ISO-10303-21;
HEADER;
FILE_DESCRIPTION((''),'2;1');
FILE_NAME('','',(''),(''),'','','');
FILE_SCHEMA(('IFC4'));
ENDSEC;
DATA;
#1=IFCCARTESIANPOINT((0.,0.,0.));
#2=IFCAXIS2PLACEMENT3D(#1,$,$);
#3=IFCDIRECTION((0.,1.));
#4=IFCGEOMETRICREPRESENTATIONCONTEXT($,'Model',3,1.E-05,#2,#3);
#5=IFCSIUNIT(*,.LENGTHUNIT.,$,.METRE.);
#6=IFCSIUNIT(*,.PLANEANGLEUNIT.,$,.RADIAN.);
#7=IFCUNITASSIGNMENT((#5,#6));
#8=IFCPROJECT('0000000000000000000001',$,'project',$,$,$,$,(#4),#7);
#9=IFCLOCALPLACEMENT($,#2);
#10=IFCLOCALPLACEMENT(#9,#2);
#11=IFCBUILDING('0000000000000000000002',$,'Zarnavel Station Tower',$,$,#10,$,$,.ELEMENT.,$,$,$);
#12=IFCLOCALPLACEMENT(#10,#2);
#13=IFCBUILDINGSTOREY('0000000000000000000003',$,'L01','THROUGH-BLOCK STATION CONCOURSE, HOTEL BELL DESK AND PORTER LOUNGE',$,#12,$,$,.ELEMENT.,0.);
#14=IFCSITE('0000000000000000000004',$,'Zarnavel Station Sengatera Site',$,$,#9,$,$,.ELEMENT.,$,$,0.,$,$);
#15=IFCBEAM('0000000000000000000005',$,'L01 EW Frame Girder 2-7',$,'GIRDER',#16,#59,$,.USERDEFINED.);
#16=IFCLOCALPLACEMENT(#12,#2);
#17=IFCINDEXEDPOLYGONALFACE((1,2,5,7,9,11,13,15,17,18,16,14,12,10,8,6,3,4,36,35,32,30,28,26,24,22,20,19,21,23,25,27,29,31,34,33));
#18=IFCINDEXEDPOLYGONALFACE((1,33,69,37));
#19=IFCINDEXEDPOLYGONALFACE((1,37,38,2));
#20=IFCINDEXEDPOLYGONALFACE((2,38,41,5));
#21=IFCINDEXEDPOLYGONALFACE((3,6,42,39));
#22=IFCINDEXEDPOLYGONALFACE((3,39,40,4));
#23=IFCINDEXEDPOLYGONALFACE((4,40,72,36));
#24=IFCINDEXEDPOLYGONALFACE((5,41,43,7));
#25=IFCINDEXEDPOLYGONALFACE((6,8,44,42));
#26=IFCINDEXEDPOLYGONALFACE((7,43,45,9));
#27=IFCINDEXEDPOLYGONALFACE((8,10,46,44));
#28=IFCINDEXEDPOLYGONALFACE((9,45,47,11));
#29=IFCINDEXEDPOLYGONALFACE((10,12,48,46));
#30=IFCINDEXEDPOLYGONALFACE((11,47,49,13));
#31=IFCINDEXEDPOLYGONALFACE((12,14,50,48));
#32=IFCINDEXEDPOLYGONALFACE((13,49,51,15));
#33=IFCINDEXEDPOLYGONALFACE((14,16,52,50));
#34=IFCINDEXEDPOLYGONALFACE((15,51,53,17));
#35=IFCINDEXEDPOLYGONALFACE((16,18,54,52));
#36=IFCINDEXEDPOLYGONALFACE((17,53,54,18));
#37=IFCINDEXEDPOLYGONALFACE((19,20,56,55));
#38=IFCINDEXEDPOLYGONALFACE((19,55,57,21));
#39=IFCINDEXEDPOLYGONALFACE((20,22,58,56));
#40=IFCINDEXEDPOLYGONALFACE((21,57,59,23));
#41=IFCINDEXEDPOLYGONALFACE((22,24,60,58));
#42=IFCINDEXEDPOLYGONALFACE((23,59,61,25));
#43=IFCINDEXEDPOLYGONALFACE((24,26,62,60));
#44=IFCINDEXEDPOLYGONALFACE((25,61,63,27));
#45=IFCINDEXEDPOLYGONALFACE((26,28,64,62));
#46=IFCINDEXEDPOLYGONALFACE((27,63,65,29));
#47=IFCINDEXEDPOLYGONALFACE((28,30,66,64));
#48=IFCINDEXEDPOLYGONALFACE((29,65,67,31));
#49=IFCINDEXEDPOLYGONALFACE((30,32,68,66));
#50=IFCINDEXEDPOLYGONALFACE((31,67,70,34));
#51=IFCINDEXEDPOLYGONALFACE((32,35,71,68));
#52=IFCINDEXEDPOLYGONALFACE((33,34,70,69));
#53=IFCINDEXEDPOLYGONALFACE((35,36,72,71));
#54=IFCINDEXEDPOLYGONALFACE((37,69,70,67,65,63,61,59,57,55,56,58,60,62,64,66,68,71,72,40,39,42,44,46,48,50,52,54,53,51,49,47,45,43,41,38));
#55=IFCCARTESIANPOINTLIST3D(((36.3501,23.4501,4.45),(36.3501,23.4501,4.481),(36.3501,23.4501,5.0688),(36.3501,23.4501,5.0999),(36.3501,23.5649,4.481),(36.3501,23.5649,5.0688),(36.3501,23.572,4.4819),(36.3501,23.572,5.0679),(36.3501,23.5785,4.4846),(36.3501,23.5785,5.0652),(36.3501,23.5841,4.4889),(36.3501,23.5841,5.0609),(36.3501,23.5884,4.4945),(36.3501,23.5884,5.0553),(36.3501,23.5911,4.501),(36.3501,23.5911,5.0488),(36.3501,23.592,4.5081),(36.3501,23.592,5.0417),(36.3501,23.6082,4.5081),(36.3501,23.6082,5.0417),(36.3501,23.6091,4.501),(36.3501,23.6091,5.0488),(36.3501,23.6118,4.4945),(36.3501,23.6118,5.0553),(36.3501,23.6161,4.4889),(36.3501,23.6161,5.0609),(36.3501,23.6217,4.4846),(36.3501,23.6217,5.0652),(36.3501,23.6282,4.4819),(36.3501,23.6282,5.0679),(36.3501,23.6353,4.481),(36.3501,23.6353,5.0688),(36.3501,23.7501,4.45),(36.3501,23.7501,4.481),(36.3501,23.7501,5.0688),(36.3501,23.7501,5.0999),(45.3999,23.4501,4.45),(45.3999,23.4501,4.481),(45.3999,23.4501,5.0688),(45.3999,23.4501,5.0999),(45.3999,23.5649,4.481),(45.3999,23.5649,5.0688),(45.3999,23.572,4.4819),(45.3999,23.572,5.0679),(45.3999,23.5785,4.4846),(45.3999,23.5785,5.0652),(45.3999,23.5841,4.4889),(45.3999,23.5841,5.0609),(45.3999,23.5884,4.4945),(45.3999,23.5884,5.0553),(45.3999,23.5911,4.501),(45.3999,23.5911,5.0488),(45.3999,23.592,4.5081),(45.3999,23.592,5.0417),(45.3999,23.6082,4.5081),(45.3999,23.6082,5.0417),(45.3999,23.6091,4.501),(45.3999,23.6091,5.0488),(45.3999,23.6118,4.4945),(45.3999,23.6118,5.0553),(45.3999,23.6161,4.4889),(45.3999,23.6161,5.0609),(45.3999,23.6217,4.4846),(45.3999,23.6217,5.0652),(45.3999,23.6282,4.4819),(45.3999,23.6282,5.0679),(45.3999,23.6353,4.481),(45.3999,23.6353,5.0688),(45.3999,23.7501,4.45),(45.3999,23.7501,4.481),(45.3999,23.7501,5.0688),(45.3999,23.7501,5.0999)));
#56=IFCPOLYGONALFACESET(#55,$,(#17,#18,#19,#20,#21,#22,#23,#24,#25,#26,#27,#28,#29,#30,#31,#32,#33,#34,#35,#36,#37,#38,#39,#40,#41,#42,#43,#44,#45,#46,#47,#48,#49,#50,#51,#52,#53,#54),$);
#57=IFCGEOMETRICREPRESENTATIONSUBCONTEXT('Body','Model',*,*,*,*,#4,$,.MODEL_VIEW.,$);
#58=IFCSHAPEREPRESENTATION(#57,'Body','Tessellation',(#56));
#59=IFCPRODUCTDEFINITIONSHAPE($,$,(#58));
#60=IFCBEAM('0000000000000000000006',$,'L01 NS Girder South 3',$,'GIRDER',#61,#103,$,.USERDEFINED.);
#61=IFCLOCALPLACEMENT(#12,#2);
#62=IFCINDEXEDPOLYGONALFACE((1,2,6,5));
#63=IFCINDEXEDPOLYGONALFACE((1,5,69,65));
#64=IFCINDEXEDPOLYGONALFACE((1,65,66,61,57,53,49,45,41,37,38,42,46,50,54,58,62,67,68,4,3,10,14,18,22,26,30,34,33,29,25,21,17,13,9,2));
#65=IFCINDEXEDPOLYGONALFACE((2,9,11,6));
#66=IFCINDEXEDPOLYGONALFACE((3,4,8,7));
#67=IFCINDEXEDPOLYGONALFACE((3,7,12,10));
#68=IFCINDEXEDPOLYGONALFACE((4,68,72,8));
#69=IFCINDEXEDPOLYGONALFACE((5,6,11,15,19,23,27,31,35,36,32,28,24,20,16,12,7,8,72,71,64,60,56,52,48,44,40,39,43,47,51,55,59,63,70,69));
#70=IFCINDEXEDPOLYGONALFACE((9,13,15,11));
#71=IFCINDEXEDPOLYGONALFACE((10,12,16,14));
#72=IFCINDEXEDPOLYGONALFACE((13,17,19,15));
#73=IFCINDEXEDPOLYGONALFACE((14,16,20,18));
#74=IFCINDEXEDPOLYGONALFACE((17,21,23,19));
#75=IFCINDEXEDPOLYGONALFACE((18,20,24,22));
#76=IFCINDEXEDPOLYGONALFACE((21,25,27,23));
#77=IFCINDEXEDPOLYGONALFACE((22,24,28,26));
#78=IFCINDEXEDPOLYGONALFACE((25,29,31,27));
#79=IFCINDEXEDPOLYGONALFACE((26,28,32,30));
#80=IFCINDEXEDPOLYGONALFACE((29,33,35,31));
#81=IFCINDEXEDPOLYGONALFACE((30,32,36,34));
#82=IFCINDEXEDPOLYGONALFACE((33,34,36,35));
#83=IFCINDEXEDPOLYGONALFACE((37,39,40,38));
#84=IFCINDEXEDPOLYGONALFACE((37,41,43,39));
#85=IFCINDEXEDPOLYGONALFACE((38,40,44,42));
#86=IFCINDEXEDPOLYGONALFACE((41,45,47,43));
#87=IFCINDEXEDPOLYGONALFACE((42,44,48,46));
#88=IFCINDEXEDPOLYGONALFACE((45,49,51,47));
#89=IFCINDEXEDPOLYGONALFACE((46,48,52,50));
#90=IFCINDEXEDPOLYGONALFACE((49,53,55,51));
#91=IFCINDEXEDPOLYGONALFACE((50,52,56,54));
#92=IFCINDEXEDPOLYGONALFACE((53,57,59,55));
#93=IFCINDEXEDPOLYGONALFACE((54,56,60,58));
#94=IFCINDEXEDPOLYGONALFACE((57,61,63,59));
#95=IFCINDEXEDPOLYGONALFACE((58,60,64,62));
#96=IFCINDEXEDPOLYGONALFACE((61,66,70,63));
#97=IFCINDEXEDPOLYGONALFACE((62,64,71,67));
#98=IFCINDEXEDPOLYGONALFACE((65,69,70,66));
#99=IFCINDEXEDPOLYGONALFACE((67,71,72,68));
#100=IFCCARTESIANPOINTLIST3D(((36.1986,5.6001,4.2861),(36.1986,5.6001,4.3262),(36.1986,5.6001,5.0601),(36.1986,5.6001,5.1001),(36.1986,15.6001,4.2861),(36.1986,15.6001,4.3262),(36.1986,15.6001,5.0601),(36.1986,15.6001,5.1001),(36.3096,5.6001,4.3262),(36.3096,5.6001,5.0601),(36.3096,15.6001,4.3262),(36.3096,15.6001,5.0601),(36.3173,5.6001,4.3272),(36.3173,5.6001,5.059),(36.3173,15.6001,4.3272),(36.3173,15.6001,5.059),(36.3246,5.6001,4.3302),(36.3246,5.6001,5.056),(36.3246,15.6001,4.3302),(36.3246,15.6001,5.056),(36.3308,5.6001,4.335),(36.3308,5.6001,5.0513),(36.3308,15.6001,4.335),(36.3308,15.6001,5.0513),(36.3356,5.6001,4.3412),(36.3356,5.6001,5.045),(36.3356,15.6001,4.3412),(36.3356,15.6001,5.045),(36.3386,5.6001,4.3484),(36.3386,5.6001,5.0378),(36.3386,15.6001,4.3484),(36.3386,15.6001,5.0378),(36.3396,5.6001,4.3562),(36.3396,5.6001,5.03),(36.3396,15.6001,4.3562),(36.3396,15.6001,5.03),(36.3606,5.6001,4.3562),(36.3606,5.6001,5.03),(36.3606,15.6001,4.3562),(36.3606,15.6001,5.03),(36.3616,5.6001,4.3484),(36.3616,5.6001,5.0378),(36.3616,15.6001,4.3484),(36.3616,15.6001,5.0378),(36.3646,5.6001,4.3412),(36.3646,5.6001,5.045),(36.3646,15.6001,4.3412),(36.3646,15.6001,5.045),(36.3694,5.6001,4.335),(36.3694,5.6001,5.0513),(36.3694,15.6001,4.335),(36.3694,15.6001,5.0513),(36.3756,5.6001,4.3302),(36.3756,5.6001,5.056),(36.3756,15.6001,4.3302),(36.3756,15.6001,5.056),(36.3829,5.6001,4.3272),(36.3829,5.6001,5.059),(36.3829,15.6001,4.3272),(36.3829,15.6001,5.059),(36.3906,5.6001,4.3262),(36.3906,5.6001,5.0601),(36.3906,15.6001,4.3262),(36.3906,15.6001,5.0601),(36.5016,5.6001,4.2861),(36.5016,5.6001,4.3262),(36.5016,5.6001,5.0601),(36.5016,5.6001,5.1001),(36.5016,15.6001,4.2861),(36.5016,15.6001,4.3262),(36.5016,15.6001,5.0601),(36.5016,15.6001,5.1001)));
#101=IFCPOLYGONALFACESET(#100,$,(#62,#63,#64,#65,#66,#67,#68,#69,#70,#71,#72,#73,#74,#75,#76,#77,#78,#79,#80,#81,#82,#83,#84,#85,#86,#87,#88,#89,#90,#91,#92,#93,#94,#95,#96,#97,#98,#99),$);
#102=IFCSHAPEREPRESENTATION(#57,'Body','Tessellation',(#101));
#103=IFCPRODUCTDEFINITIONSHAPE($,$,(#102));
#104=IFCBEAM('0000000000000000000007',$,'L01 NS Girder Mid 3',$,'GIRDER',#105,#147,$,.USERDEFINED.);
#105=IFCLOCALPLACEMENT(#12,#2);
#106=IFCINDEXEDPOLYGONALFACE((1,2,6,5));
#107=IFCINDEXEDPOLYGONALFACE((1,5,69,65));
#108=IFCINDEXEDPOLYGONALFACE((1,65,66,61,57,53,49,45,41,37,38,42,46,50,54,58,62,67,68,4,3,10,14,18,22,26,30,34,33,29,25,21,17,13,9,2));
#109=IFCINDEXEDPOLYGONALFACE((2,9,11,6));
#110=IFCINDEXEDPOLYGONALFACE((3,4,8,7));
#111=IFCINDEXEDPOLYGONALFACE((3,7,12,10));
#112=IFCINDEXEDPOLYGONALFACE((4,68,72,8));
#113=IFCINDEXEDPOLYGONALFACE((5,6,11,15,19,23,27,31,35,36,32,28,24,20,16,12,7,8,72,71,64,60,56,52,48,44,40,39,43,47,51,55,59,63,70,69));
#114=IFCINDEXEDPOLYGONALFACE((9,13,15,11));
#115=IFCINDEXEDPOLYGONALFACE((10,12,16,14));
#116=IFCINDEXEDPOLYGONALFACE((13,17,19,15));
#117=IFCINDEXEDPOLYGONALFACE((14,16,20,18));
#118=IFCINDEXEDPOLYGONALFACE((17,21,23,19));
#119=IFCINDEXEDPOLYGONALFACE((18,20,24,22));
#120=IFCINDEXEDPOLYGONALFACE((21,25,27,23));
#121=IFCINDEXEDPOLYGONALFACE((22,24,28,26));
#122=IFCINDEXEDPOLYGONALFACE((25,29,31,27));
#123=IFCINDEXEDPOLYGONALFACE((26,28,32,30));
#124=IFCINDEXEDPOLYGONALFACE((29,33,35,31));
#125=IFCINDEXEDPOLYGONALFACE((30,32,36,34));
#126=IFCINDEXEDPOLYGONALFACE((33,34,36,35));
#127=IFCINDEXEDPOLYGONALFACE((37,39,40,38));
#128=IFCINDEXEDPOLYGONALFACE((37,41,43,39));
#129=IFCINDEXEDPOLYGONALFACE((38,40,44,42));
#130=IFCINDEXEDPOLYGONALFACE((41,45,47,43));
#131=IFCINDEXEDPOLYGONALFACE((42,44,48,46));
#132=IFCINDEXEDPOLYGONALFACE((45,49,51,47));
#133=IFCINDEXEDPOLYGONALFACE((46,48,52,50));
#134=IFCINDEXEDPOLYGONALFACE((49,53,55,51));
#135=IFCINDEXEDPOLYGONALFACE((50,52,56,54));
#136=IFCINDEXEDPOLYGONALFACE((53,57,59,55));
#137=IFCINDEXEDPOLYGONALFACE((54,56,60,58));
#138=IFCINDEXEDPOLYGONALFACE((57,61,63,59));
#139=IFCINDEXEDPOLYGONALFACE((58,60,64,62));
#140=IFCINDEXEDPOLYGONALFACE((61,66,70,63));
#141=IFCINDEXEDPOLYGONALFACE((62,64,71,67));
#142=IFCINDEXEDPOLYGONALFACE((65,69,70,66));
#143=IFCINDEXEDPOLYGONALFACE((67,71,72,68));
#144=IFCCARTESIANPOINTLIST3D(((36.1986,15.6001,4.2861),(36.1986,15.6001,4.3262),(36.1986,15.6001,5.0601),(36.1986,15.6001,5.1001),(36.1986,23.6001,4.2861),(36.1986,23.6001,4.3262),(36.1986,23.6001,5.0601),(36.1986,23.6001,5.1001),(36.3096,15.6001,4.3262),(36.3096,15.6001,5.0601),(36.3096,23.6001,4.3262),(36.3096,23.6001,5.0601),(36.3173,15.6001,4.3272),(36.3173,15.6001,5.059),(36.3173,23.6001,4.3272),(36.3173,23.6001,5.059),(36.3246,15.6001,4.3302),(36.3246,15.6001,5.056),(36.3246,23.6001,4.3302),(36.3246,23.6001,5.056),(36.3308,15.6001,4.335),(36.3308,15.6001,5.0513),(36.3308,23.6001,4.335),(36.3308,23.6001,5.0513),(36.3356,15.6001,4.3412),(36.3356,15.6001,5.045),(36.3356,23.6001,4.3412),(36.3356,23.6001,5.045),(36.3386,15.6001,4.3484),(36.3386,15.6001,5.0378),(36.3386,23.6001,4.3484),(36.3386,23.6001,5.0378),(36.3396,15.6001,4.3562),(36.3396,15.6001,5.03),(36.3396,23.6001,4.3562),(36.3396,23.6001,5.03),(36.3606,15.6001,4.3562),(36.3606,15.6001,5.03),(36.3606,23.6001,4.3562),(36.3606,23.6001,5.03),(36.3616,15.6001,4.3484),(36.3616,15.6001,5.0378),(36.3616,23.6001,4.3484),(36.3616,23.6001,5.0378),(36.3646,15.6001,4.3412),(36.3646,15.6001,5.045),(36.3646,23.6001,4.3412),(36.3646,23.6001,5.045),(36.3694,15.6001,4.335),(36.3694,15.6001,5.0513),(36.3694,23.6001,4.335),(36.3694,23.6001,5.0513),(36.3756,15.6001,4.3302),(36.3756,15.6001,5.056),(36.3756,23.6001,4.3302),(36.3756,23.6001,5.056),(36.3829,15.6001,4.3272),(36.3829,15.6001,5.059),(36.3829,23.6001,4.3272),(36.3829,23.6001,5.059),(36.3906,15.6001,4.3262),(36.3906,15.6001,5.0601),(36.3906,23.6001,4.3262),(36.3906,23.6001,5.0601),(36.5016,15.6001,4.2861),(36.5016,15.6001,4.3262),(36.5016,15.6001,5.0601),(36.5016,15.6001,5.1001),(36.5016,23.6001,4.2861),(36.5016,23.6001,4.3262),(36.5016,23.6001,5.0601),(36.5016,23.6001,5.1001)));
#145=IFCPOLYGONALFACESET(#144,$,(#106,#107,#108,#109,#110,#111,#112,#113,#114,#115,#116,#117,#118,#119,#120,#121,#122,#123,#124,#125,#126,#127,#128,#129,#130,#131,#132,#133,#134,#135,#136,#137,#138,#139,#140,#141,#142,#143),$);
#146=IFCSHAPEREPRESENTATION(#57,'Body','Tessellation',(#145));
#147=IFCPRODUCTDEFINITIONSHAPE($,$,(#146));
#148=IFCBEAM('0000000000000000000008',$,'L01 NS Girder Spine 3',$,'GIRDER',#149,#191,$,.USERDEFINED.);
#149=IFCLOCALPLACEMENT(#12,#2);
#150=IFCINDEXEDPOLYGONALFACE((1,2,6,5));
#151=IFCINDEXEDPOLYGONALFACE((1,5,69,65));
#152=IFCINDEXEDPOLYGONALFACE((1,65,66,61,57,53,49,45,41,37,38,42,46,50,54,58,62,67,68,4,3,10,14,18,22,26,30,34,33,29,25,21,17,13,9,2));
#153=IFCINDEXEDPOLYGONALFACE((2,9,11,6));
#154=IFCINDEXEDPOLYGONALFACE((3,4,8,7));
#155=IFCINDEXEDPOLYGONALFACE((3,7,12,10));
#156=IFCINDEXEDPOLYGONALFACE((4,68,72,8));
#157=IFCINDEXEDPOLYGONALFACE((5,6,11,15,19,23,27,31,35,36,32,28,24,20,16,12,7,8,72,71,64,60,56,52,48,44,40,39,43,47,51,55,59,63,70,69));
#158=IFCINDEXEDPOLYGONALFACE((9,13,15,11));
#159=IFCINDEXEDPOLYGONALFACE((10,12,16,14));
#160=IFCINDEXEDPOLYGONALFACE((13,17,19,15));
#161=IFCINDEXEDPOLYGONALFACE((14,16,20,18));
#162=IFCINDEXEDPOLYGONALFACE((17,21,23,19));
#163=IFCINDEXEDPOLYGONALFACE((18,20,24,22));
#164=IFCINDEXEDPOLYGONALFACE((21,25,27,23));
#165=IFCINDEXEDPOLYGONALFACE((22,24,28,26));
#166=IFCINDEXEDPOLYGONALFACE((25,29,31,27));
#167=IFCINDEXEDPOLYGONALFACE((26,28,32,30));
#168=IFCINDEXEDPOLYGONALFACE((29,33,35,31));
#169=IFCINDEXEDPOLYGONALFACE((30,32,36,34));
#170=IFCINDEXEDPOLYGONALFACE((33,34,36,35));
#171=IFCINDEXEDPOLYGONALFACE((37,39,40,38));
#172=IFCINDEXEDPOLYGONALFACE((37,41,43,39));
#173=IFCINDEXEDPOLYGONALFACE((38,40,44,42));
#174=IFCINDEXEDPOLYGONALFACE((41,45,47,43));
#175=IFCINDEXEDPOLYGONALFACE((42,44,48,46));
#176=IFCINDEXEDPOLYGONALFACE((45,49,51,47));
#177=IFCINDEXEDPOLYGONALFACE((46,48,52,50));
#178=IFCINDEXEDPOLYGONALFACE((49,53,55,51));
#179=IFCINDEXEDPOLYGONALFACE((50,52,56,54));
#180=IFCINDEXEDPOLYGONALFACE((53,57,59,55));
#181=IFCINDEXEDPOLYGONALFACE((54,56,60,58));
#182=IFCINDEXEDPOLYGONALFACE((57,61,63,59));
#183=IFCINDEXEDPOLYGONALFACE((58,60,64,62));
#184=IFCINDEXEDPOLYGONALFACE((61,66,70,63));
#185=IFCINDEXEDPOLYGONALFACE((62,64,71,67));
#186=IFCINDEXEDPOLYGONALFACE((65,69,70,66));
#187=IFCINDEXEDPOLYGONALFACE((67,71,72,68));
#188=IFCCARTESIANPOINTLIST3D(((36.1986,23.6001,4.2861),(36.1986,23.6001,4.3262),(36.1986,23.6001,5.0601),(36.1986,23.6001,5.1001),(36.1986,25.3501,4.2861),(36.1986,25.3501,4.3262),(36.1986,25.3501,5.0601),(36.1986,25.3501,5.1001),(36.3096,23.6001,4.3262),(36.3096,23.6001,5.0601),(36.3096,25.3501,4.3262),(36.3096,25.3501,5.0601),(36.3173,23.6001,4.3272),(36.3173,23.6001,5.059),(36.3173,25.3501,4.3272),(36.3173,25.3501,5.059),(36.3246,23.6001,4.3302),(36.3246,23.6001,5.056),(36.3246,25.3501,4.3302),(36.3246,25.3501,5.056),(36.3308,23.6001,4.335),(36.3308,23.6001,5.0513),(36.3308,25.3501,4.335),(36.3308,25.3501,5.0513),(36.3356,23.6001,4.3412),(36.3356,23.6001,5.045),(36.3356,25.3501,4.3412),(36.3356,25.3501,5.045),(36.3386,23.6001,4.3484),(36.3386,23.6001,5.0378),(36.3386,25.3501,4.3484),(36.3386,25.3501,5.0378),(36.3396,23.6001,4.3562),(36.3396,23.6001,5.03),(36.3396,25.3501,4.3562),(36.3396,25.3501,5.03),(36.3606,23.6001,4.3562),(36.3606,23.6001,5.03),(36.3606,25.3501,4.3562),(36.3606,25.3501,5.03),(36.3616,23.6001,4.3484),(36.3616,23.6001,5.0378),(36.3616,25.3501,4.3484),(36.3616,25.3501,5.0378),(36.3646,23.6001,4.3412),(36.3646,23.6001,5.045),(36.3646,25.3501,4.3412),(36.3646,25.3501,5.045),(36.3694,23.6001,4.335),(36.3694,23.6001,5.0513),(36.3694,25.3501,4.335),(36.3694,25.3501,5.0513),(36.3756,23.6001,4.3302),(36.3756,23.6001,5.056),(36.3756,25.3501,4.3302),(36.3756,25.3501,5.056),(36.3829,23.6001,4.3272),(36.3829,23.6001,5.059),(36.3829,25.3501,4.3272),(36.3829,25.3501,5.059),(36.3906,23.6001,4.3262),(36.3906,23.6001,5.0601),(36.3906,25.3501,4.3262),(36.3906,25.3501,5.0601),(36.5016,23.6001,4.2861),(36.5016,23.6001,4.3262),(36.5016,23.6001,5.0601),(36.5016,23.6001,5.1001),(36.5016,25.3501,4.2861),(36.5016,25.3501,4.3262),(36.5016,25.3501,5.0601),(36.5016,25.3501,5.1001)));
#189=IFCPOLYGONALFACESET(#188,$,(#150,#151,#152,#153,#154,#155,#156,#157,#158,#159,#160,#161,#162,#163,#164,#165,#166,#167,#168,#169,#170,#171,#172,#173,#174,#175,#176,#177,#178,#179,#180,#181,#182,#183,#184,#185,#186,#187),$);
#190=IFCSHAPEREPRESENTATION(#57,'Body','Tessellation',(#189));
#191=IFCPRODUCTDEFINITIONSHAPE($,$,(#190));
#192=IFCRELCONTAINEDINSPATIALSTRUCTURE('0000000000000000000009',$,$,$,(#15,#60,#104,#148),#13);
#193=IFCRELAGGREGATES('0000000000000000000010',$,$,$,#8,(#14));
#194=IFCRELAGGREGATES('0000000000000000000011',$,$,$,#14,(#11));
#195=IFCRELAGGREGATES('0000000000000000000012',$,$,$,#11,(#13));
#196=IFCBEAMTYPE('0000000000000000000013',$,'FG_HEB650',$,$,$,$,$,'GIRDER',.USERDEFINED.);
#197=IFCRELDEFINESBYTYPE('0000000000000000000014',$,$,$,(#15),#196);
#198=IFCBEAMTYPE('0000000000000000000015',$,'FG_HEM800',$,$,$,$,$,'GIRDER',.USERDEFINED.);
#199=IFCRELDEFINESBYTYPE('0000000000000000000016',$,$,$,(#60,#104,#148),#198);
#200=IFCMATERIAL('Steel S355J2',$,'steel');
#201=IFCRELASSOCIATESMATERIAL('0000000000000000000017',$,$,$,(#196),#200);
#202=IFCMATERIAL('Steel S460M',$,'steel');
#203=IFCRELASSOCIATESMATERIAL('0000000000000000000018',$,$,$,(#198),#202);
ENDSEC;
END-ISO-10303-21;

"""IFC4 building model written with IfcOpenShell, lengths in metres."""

from ifc_helpers import new_model, si_unit, direction, frame, origin, origin_2d, place, context, subcontext, project, spatial, i_section, extrude, material, material_profile, profile_set, type_object, element, save


model = new_model("IFC4")

# Units and contexts
model_context = context("Model", 3, precision=1e-05, world=origin(), true_north=direction((0.0, 1.0)))
body_context = subcontext(model_context, "Body", "Model", "MODEL_VIEW")
ifc_project = project(units=[si_unit("LENGTHUNIT", "METRE"), si_unit("PLANEANGLEUNIT", "RADIAN")], contexts=[model_context])

# Site, building, storey
site_placement = place(None, origin())
site = spatial("IfcSite", under=ifc_project, at=site_placement, Name="Zarnavel Station Sengatera Site", CompositionType="ELEMENT", RefElevation=0.0)
building_placement = place(site_placement, origin())
building = spatial("IfcBuilding", under=site, at=building_placement, Name="Zarnavel Station Tower", CompositionType="ELEMENT")
storey_placement = place(building_placement, origin())
storey = spatial("IfcBuildingStorey", under=building, at=storey_placement, Name="L01", Description="THROUGH-BLOCK STATION CONCOURSE, HOTEL BELL DESK AND PORTER LOUNGE", CompositionType="ELEMENT", Elevation=0.0)

# Beams
ifc_material_1 = material(Name="Steel S355J2", Category="steel")
ifc_material_profile_1 = material_profile(ifc_material_1, i_section(OverallWidth=0.3, OverallDepth=0.6499, WebThickness=0.0161, FlangeThickness=0.031, FilletRadius=0.0271, at=origin_2d()), Name="HEB650")
ifc_profile_set_1 = profile_set([ifc_material_profile_1], Name="Steel S355J2")
beam_type_1 = type_object("IfcBeamType", Name="FG_HEB650", ElementType="GIRDER", PredefinedType="USERDEFINED", material=ifc_profile_set_1)
beam_1_placement = place(storey_placement, frame((36.3501, 23.6001, 4.7749), z_axis=(1.0, 0.0, 0.0), x_axis=(0.0, 1.0, 0.0)))
element("IfcBeam", 1, at=beam_1_placement, inside=storey, type_object=beam_type_1, Name="L01 EW Frame Girder 2-7", ObjectType="GIRDER", PredefinedType="USERDEFINED", context=body_context, shape_type="SweptSolid", body=[
    extrude(i_section(OverallWidth=0.3, OverallDepth=0.6499, WebThickness=0.0161, FlangeThickness=0.031, FilletRadius=0.0271, at=origin_2d()), origin(), (0.0, 0.0, 1.0), 9.0498),
])
ifc_material_2 = material(Name="Steel S460M", Category="steel")
ifc_material_profile_2 = material_profile(ifc_material_2, i_section(OverallWidth=0.303, OverallDepth=0.814, WebThickness=0.021, FlangeThickness=0.04, FilletRadius=0.03, at=origin_2d()), Name="HEM800")
ifc_profile_set_2 = profile_set([ifc_material_profile_2], Name="Steel S460M")
beam_type_2 = type_object("IfcBeamType", Name="FG_HEM800", ElementType="GIRDER", PredefinedType="USERDEFINED", material=ifc_profile_set_2)
beam_2_placement = place(storey_placement, frame((36.3501, 5.6001, 4.6931), z_axis=(0.0, 1.0, 0.0), x_axis=(-1.0, 0.0, 0.0)))
element("IfcBeam", 2, at=beam_2_placement, inside=storey, type_object=beam_type_2, Name="L01 NS Girder South 3", ObjectType="GIRDER", PredefinedType="USERDEFINED", context=body_context, shape_type="SweptSolid", body=[
    extrude(i_section(OverallWidth=0.303, OverallDepth=0.814, WebThickness=0.021, FlangeThickness=0.04, FilletRadius=0.03, at=origin_2d()), origin(), (0.0, 0.0, 1.0), 10.0),
])
beam_3_placement = place(storey_placement, frame((36.3501, 15.6001, 4.6931), z_axis=(0.0, 1.0, 0.0), x_axis=(-1.0, 0.0, 0.0)))
element("IfcBeam", 3, at=beam_3_placement, inside=storey, type_object=beam_type_2, Name="L01 NS Girder Mid 3", ObjectType="GIRDER", PredefinedType="USERDEFINED", context=body_context, shape_type="SweptSolid", body=[
    extrude(i_section(OverallWidth=0.303, OverallDepth=0.814, WebThickness=0.021, FlangeThickness=0.04, FilletRadius=0.03, at=origin_2d()), origin(), (0.0, 0.0, 1.0), 8.0),
])
beam_4_placement = place(storey_placement, frame((36.3501, 23.6001, 4.6931), z_axis=(0.0, 1.0, 0.0), x_axis=(-1.0, 0.0, 0.0)))
element("IfcBeam", 4, at=beam_4_placement, inside=storey, type_object=beam_type_2, Name="L01 NS Girder Spine 3", ObjectType="GIRDER", PredefinedType="USERDEFINED", context=body_context, shape_type="SweptSolid", body=[
    extrude(i_section(OverallWidth=0.303, OverallDepth=0.814, WebThickness=0.021, FlangeThickness=0.04, FilletRadius=0.03, at=origin_2d()), origin(), (0.0, 0.0, 1.0), 1.75),
])

save(model, "model.ifc")
